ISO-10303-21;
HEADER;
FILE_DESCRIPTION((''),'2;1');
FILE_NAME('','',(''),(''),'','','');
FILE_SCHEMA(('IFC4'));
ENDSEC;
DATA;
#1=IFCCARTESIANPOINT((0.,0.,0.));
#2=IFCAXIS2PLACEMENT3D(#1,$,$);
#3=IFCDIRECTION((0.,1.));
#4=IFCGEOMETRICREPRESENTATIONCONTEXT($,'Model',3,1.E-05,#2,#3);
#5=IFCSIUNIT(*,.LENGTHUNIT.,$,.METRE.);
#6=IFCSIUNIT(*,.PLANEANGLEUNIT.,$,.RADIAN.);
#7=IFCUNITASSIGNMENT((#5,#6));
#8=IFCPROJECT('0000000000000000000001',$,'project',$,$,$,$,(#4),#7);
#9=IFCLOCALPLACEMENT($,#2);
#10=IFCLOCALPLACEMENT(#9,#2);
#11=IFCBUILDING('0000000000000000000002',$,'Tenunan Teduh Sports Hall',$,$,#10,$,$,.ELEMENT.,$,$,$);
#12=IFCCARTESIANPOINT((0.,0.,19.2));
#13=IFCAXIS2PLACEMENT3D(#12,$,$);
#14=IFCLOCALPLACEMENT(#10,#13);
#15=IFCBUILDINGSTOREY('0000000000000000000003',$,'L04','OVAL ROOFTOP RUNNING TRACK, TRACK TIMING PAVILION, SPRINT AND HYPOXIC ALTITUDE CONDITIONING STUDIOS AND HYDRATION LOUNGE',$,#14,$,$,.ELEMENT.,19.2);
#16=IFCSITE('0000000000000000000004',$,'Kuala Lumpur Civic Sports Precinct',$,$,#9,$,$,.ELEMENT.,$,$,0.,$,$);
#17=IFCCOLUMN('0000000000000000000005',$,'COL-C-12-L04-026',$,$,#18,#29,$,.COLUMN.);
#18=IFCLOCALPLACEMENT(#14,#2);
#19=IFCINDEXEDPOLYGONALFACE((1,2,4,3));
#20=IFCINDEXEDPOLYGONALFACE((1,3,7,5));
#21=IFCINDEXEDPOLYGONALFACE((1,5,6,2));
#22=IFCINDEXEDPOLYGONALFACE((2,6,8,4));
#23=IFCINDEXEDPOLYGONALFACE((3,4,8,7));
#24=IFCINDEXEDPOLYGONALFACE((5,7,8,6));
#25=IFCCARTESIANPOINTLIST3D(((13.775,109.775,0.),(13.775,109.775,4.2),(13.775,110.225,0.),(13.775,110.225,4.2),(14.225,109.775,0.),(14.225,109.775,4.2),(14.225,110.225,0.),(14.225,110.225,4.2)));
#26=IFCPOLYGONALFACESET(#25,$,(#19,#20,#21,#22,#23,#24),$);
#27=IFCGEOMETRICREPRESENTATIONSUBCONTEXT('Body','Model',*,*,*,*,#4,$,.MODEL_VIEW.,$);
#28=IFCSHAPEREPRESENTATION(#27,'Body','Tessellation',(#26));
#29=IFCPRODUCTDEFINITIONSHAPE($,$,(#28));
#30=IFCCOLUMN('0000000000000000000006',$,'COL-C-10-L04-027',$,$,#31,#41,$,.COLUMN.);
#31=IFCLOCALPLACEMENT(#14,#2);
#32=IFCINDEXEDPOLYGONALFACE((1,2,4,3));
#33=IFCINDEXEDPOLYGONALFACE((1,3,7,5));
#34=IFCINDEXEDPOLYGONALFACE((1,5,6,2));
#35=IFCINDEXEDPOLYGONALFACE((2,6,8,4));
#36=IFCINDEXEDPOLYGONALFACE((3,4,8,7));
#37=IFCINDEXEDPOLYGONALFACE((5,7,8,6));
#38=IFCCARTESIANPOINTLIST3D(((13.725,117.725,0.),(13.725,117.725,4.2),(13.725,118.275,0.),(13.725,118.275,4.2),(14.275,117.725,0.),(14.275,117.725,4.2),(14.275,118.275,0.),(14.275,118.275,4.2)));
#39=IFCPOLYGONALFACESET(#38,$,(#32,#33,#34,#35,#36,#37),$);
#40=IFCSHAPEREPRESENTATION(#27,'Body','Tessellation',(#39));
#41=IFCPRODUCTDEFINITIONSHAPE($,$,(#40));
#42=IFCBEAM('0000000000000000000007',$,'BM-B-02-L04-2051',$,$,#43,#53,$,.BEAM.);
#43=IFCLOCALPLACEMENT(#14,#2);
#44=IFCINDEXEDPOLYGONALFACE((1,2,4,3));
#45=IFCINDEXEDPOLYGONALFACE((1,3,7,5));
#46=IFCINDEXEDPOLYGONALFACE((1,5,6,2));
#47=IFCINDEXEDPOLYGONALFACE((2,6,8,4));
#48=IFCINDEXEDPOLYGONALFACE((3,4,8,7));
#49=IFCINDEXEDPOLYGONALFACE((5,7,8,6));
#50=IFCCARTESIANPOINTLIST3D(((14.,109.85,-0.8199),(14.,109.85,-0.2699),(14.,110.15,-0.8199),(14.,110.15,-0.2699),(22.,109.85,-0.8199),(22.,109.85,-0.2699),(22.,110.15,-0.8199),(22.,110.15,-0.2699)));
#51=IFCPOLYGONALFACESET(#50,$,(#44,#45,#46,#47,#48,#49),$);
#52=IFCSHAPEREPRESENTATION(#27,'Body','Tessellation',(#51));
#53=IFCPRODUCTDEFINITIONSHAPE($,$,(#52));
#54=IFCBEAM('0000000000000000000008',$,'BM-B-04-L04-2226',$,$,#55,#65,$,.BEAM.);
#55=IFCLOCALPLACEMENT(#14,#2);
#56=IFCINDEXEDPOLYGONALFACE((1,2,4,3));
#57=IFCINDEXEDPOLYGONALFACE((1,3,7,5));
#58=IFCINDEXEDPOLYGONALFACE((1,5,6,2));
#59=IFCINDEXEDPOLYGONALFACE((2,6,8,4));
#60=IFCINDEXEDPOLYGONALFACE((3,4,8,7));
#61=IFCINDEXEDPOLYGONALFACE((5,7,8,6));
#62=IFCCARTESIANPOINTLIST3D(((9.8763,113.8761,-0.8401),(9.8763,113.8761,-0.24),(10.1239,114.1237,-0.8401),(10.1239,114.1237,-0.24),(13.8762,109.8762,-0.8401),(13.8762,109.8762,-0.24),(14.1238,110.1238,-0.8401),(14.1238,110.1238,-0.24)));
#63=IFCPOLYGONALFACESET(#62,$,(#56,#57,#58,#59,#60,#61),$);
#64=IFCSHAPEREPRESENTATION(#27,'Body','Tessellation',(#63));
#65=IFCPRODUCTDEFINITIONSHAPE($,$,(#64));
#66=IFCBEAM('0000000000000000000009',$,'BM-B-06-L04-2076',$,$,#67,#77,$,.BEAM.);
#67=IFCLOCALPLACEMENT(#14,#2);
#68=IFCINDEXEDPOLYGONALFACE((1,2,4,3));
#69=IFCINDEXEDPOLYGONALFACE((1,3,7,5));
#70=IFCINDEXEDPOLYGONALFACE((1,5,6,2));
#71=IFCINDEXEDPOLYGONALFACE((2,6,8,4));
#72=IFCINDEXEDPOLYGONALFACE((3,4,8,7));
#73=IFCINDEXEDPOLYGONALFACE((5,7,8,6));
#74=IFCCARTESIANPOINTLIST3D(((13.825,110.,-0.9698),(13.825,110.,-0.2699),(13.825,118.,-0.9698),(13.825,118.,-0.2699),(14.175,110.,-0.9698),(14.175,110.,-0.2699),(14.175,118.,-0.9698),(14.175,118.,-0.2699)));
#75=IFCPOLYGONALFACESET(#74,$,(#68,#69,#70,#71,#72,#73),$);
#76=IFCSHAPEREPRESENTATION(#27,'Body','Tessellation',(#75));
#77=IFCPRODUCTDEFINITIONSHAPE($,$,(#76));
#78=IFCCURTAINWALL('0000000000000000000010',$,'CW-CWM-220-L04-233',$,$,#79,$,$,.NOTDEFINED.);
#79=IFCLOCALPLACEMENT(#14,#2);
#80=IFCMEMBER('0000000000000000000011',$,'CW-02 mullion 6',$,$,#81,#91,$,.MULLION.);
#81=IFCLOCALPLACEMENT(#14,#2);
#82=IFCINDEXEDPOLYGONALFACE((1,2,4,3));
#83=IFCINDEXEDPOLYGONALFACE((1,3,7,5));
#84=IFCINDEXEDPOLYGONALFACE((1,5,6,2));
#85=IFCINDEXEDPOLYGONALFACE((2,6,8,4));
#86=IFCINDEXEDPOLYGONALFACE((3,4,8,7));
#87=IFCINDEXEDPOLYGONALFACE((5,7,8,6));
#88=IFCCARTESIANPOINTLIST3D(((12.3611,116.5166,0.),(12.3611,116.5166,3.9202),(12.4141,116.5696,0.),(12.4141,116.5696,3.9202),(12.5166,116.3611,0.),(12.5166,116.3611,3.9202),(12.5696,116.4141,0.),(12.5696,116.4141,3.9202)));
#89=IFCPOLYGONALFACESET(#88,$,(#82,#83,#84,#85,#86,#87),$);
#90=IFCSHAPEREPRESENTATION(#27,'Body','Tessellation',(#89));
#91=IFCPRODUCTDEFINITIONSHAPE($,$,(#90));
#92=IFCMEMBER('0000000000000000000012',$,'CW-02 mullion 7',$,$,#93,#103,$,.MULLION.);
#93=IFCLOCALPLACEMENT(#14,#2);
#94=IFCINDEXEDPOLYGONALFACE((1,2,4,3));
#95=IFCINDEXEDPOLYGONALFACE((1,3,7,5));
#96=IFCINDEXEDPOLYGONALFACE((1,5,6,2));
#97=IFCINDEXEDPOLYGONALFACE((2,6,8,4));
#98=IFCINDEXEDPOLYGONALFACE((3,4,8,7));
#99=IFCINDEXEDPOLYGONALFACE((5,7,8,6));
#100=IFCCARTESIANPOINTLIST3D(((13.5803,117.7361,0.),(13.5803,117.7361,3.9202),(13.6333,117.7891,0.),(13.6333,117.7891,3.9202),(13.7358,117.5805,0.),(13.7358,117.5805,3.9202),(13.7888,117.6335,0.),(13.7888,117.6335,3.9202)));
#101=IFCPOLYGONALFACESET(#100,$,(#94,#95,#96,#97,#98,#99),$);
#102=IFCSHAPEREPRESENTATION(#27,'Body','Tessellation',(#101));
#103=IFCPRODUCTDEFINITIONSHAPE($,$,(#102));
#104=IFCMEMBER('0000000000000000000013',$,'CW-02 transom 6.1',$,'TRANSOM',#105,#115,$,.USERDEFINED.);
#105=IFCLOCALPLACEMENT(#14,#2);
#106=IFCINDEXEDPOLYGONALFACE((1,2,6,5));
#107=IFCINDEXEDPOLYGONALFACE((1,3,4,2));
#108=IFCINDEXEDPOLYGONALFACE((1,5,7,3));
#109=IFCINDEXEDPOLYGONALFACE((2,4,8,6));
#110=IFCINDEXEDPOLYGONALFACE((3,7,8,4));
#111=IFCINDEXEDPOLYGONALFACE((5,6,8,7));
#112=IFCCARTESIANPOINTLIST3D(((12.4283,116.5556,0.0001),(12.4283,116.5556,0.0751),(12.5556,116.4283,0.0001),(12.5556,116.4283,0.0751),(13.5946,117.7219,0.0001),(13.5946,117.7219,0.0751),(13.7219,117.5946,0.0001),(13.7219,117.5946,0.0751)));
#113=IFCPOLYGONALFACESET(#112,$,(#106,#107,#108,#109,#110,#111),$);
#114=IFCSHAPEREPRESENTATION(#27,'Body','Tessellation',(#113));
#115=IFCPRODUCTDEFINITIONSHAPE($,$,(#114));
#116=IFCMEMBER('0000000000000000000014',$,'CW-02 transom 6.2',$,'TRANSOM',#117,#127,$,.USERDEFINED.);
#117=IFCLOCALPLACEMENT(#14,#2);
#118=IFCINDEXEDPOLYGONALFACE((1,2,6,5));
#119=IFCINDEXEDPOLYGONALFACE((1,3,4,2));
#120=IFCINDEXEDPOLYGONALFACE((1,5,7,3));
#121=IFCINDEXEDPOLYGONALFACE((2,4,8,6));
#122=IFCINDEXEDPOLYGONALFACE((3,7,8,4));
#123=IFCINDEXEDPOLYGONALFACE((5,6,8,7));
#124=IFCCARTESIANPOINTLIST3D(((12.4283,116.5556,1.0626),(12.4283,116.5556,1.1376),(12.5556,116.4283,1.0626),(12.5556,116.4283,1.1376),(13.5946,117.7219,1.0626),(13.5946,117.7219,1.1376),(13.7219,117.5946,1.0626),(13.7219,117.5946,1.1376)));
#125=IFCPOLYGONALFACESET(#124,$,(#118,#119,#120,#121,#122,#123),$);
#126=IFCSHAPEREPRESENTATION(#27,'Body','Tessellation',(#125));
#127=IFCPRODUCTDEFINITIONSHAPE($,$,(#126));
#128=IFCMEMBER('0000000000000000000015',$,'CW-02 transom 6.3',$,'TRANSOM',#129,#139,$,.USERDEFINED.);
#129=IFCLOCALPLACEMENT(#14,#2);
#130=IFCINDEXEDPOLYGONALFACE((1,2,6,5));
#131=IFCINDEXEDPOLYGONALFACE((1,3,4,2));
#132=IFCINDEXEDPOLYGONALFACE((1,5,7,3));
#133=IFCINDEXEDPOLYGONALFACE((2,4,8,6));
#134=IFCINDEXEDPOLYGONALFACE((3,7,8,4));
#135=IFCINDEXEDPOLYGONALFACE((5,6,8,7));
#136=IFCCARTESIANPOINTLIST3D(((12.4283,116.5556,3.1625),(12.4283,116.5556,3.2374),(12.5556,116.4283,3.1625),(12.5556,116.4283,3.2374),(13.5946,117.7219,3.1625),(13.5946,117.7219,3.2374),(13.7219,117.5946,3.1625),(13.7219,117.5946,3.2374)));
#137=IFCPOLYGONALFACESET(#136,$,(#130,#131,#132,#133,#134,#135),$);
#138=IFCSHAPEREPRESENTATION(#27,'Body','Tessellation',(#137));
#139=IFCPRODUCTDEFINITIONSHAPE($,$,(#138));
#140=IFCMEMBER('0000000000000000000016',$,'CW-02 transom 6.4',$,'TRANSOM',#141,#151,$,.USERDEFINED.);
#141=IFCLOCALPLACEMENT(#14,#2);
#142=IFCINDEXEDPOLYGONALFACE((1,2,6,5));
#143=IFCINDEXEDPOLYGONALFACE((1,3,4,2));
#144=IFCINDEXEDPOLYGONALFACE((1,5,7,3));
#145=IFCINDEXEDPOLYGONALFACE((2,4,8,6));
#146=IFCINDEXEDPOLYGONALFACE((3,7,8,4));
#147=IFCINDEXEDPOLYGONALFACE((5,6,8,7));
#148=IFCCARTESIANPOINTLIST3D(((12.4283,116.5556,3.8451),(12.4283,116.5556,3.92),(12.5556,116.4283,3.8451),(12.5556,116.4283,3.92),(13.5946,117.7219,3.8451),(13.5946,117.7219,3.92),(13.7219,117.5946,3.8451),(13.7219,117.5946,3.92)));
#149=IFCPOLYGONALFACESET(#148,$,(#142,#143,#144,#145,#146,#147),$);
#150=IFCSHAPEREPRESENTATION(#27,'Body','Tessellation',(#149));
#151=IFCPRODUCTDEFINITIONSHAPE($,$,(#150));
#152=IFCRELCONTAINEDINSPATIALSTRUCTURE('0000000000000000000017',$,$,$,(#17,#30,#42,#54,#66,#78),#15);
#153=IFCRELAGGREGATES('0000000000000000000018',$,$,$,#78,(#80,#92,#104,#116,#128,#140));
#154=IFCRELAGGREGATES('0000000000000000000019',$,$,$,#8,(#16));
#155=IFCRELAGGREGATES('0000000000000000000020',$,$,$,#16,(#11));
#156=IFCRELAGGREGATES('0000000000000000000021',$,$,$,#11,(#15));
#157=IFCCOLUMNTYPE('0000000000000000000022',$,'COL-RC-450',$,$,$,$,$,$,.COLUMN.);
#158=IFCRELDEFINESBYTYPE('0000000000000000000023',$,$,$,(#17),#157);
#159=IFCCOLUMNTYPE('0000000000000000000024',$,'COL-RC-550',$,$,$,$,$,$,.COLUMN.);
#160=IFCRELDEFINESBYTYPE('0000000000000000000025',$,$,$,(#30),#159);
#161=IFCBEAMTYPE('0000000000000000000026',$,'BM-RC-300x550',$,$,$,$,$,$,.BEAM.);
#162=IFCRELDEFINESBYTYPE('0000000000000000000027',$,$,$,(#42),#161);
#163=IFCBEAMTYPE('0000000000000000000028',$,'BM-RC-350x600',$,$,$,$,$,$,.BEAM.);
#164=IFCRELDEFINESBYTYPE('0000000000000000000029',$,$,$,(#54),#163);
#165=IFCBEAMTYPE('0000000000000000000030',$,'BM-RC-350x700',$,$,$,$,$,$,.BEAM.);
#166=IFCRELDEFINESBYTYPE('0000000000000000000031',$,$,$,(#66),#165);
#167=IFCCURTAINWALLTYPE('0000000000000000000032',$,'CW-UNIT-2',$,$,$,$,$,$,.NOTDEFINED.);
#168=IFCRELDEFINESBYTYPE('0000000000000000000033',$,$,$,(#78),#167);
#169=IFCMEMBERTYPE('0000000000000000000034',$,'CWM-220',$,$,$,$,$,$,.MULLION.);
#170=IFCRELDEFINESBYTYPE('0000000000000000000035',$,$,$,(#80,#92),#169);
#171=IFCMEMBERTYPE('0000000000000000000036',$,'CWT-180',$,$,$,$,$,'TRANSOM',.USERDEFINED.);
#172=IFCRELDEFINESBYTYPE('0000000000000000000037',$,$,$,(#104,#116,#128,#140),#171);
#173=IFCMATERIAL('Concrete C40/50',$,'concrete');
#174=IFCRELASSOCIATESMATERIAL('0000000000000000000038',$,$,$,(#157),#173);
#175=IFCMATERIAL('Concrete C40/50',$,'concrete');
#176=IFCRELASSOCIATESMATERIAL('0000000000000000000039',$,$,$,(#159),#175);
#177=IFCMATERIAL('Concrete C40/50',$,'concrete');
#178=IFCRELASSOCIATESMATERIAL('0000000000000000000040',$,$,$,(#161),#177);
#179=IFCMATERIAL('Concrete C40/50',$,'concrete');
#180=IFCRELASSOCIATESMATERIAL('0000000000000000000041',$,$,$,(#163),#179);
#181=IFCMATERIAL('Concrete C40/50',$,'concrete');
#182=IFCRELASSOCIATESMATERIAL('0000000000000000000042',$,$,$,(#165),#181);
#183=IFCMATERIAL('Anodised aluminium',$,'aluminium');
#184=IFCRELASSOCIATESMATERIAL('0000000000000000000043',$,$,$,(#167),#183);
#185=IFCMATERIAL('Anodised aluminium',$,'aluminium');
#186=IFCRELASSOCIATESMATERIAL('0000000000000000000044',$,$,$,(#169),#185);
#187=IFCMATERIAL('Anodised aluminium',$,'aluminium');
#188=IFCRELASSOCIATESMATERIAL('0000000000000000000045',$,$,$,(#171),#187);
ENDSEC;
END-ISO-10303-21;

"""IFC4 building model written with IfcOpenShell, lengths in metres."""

from ifc_helpers import new_model, si_unit, direction, frame, origin, origin_2d, place, context, subcontext, project, spatial, rectangle, extrude, material, material_profile, profile_set, type_object, element, aggregate, save


model = new_model("IFC4")

# Units and contexts
model_context = context("Model", 3, precision=1e-05, world=origin(), true_north=direction((0.0, 1.0)))
body_context = subcontext(model_context, "Body", "Model", "MODEL_VIEW")
ifc_project = project(units=[si_unit("LENGTHUNIT", "METRE"), si_unit("PLANEANGLEUNIT", "RADIAN")], contexts=[model_context])

# Site, building, storey
site_placement = place(None, origin())
site = spatial("IfcSite", under=ifc_project, at=site_placement, Name="Kuala Lumpur Civic Sports Precinct", CompositionType="ELEMENT", RefElevation=0.0)
building_placement = place(site_placement, origin())
building = spatial("IfcBuilding", under=site, at=building_placement, Name="Tenunan Teduh Sports Hall", CompositionType="ELEMENT")
storey_placement = place(building_placement, frame((0.0, 0.0, 19.2)))
storey = spatial("IfcBuildingStorey", under=building, at=storey_placement, Name="L04", Description="OVAL ROOFTOP RUNNING TRACK, TRACK TIMING PAVILION, SPRINT AND HYPOXIC ALTITUDE CONDITIONING STUDIOS AND HYDRATION LOUNGE", CompositionType="ELEMENT", Elevation=19.2)

# Columns
ifc_material_1 = material(Name="Concrete C40/50", Category="concrete")
ifc_material_profile_1 = material_profile(ifc_material_1, rectangle(XDim=0.45, YDim=0.45, at=origin_2d()), Name="RC 450x450")
ifc_profile_set_1 = profile_set([ifc_material_profile_1], Name="Concrete C40/50")
column_type_1 = type_object("IfcColumnType", Name="COL-RC-450", PredefinedType="COLUMN", material=ifc_profile_set_1)
column_1_placement = place(storey_placement, frame((14.0, 110.0, 0.0), z_axis=(0.0, 0.0, 1.0), x_axis=(1.0, 0.0, 0.0)))
element("IfcColumn", 1, at=column_1_placement, inside=storey, type_object=column_type_1, Name="COL-C-12-L04-026", PredefinedType="COLUMN", context=body_context, shape_type="SweptSolid", body=[
    extrude(rectangle(XDim=0.45, YDim=0.45, at=origin_2d()), origin(), (0.0, 0.0, 1.0), 4.2),
])
ifc_material_2 = material(Name="Concrete C40/50", Category="concrete")
ifc_material_profile_2 = material_profile(ifc_material_2, rectangle(XDim=0.55, YDim=0.55, at=origin_2d()), Name="RC 550x550")
ifc_profile_set_2 = profile_set([ifc_material_profile_2], Name="Concrete C40/50")
column_type_2 = type_object("IfcColumnType", Name="COL-RC-550", PredefinedType="COLUMN", material=ifc_profile_set_2)
column_2_placement = place(storey_placement, frame((14.0, 118.0, 0.0), z_axis=(0.0, 0.0, 1.0), x_axis=(1.0, 0.0, 0.0)))
element("IfcColumn", 2, at=column_2_placement, inside=storey, type_object=column_type_2, Name="COL-C-10-L04-027", PredefinedType="COLUMN", context=body_context, shape_type="SweptSolid", body=[
    extrude(rectangle(XDim=0.55, YDim=0.55, at=origin_2d()), origin(), (0.0, 0.0, 1.0), 4.2),
])

# Beams
ifc_material_3 = material(Name="Concrete C40/50", Category="concrete")
ifc_material_profile_3 = material_profile(ifc_material_3, rectangle(XDim=0.3, YDim=0.55, at=origin_2d()), Name="RCB 300x550")
ifc_profile_set_3 = profile_set([ifc_material_profile_3], Name="Concrete C40/50")
beam_type_1 = type_object("IfcBeamType", Name="BM-RC-300x550", PredefinedType="BEAM", material=ifc_profile_set_3)
beam_1_placement = place(storey_placement, frame((14.0, 110.0, -0.5449), z_axis=(1.0, 0.0, 0.0), x_axis=(0.0, 1.0, 0.0)))
element("IfcBeam", 3, at=beam_1_placement, inside=storey, type_object=beam_type_1, Name="BM-B-02-L04-2051", PredefinedType="BEAM", context=body_context, shape_type="SweptSolid", body=[
    extrude(rectangle(XDim=0.3, YDim=0.55, at=origin_2d()), origin(), (0.0, 0.0, 1.0), 8.0),
])
ifc_material_4 = material(Name="Concrete C40/50", Category="concrete")
ifc_material_profile_4 = material_profile(ifc_material_4, rectangle(XDim=0.3501, YDim=0.6001, at=origin_2d()), Name="RCB 350x600")
ifc_profile_set_4 = profile_set([ifc_material_profile_4], Name="Concrete C40/50")
beam_type_2 = type_object("IfcBeamType", Name="BM-RC-350x600", PredefinedType="BEAM", material=ifc_profile_set_4)
beam_2_placement = place(storey_placement, frame((14.0, 110.0, -0.54), z_axis=(-0.707107, 0.707107, 0.0), x_axis=(-0.707107, -0.707107, 0.0)))
element("IfcBeam", 4, at=beam_2_placement, inside=storey, type_object=beam_type_2, Name="BM-B-04-L04-2226", PredefinedType="BEAM", context=body_context, shape_type="SweptSolid", body=[
    extrude(rectangle(XDim=0.3501, YDim=0.6001, at=origin_2d()), origin(), (0.0, 0.0, 1.0), 5.6567),
])
ifc_material_5 = material(Name="Concrete C40/50", Category="concrete")
ifc_material_profile_5 = material_profile(ifc_material_5, rectangle(XDim=0.3501, YDim=0.7, at=origin_2d()), Name="RCB 350x700")
ifc_profile_set_5 = profile_set([ifc_material_profile_5], Name="Concrete C40/50")
beam_type_3 = type_object("IfcBeamType", Name="BM-RC-350x700", PredefinedType="BEAM", material=ifc_profile_set_5)
beam_3_placement = place(storey_placement, frame((14.0, 110.0, -0.6199), z_axis=(0.0, 1.0, 0.0), x_axis=(-1.0, 0.0, 0.0)))
element("IfcBeam", 5, at=beam_3_placement, inside=storey, type_object=beam_type_3, Name="BM-B-06-L04-2076", PredefinedType="BEAM", context=body_context, shape_type="SweptSolid", body=[
    extrude(rectangle(XDim=0.3501, YDim=0.7, at=origin_2d()), origin(), (0.0, 0.0, 1.0), 8.0),
])

# Curtain wall, members
ifc_material_6 = material(Name="Anodised aluminium", Category="aluminium")
curtain_wall_type = type_object("IfcCurtainWallType", Name="CW-UNIT-2", PredefinedType="NOTDEFINED", material=ifc_material_6)
curtain_wall_placement = place(storey_placement, origin())
curtain_wall = element("IfcCurtainWall", 6, at=curtain_wall_placement, inside=storey, type_object=curtain_wall_type, Name="CW-CWM-220-L04-233", PredefinedType="NOTDEFINED")
ifc_material_7 = material(Name="Anodised aluminium", Category="aluminium")
ifc_material_profile_6 = material_profile(ifc_material_7, rectangle(XDim=0.075, YDim=0.22, at=origin_2d()), Name="CWM 75x220")
ifc_profile_set_6 = profile_set([ifc_material_profile_6], Name="Anodised aluminium")
member_type_1 = type_object("IfcMemberType", Name="CWM-220", PredefinedType="MULLION", material=ifc_profile_set_6)
member_1_placement = place(storey_placement, frame((12.4653, 116.4653, 0.0), z_axis=(0.0, 0.0, 1.0), x_axis=(0.707097, 0.707117, 0.0)))
member_1 = element("IfcMember", 7, at=member_1_placement, type_object=member_type_1, Name="CW-02 mullion 6", PredefinedType="MULLION", context=body_context, shape_type="SweptSolid", body=[
    extrude(rectangle(XDim=0.075, YDim=0.22, at=origin_2d()), origin(), (0.0, 0.0, 1.0), 3.9202),
])
member_2_placement = place(storey_placement, frame((13.6846, 117.6848, 0.0), z_axis=(0.0, 0.0, 1.0), x_axis=(0.707097, 0.707117, 0.0)))
member_2 = element("IfcMember", 8, at=member_2_placement, type_object=member_type_1, Name="CW-02 mullion 7", PredefinedType="MULLION", context=body_context, shape_type="SweptSolid", body=[
    extrude(rectangle(XDim=0.075, YDim=0.22, at=origin_2d()), origin(), (0.0, 0.0, 1.0), 3.9202),
])
ifc_material_8 = material(Name="Anodised aluminium", Category="aluminium")
ifc_material_profile_7 = material_profile(ifc_material_8, rectangle(XDim=0.075, YDim=0.1799, at=origin_2d()), Name="CWT 75x180")
ifc_profile_set_7 = profile_set([ifc_material_profile_7], Name="Anodised aluminium")
member_type_2 = type_object("IfcMemberType", Name="CWT-180", ElementType="TRANSOM", PredefinedType="USERDEFINED", material=ifc_profile_set_7)
member_3_placement = place(storey_placement, frame((12.4919, 116.4919, 0.0376), z_axis=(0.707107, 0.707107, 0.0), x_axis=(0.0, 0.0, 1.0)))
member_3 = element("IfcMember", 9, at=member_3_placement, type_object=member_type_2, Name="CW-02 transom 6.1", ObjectType="TRANSOM", PredefinedType="USERDEFINED", context=body_context, shape_type="SweptSolid", body=[
    extrude(rectangle(XDim=0.075, YDim=0.1799, at=origin_2d()), origin(), (0.0, 0.0, 1.0), 1.6494),
])
member_4_placement = place(storey_placement, frame((12.4919, 116.4919, 1.1001), z_axis=(0.707107, 0.707107, 0.0), x_axis=(0.0, 0.0, 1.0)))
member_4 = element("IfcMember", 10, at=member_4_placement, type_object=member_type_2, Name="CW-02 transom 6.2", ObjectType="TRANSOM", PredefinedType="USERDEFINED", context=body_context, shape_type="SweptSolid", body=[
    extrude(rectangle(XDim=0.075, YDim=0.1799, at=origin_2d()), origin(), (0.0, 0.0, 1.0), 1.6494),
])
member_5_placement = place(storey_placement, frame((12.4919, 116.4919, 3.2), z_axis=(0.707107, 0.707107, 0.0), x_axis=(0.0, 0.0, 1.0)))
member_5 = element("IfcMember", 11, at=member_5_placement, type_object=member_type_2, Name="CW-02 transom 6.3", ObjectType="TRANSOM", PredefinedType="USERDEFINED", context=body_context, shape_type="SweptSolid", body=[
    extrude(rectangle(XDim=0.075, YDim=0.1799, at=origin_2d()), origin(), (0.0, 0.0, 1.0), 1.6494),
])
member_6_placement = place(storey_placement, frame((12.4919, 116.4919, 3.8826), z_axis=(0.707107, 0.707107, 0.0), x_axis=(0.0, 0.0, 1.0)))
member_6 = element("IfcMember", 12, at=member_6_placement, type_object=member_type_2, Name="CW-02 transom 6.4", ObjectType="TRANSOM", PredefinedType="USERDEFINED", context=body_context, shape_type="SweptSolid", body=[
    extrude(rectangle(XDim=0.075, YDim=0.1799, at=origin_2d()), origin(), (0.0, 0.0, 1.0), 1.6494),
])

aggregate(curtain_wall, [member_1, member_2, member_3, member_4, member_5, member_6])

save(model, "model.ifc")
